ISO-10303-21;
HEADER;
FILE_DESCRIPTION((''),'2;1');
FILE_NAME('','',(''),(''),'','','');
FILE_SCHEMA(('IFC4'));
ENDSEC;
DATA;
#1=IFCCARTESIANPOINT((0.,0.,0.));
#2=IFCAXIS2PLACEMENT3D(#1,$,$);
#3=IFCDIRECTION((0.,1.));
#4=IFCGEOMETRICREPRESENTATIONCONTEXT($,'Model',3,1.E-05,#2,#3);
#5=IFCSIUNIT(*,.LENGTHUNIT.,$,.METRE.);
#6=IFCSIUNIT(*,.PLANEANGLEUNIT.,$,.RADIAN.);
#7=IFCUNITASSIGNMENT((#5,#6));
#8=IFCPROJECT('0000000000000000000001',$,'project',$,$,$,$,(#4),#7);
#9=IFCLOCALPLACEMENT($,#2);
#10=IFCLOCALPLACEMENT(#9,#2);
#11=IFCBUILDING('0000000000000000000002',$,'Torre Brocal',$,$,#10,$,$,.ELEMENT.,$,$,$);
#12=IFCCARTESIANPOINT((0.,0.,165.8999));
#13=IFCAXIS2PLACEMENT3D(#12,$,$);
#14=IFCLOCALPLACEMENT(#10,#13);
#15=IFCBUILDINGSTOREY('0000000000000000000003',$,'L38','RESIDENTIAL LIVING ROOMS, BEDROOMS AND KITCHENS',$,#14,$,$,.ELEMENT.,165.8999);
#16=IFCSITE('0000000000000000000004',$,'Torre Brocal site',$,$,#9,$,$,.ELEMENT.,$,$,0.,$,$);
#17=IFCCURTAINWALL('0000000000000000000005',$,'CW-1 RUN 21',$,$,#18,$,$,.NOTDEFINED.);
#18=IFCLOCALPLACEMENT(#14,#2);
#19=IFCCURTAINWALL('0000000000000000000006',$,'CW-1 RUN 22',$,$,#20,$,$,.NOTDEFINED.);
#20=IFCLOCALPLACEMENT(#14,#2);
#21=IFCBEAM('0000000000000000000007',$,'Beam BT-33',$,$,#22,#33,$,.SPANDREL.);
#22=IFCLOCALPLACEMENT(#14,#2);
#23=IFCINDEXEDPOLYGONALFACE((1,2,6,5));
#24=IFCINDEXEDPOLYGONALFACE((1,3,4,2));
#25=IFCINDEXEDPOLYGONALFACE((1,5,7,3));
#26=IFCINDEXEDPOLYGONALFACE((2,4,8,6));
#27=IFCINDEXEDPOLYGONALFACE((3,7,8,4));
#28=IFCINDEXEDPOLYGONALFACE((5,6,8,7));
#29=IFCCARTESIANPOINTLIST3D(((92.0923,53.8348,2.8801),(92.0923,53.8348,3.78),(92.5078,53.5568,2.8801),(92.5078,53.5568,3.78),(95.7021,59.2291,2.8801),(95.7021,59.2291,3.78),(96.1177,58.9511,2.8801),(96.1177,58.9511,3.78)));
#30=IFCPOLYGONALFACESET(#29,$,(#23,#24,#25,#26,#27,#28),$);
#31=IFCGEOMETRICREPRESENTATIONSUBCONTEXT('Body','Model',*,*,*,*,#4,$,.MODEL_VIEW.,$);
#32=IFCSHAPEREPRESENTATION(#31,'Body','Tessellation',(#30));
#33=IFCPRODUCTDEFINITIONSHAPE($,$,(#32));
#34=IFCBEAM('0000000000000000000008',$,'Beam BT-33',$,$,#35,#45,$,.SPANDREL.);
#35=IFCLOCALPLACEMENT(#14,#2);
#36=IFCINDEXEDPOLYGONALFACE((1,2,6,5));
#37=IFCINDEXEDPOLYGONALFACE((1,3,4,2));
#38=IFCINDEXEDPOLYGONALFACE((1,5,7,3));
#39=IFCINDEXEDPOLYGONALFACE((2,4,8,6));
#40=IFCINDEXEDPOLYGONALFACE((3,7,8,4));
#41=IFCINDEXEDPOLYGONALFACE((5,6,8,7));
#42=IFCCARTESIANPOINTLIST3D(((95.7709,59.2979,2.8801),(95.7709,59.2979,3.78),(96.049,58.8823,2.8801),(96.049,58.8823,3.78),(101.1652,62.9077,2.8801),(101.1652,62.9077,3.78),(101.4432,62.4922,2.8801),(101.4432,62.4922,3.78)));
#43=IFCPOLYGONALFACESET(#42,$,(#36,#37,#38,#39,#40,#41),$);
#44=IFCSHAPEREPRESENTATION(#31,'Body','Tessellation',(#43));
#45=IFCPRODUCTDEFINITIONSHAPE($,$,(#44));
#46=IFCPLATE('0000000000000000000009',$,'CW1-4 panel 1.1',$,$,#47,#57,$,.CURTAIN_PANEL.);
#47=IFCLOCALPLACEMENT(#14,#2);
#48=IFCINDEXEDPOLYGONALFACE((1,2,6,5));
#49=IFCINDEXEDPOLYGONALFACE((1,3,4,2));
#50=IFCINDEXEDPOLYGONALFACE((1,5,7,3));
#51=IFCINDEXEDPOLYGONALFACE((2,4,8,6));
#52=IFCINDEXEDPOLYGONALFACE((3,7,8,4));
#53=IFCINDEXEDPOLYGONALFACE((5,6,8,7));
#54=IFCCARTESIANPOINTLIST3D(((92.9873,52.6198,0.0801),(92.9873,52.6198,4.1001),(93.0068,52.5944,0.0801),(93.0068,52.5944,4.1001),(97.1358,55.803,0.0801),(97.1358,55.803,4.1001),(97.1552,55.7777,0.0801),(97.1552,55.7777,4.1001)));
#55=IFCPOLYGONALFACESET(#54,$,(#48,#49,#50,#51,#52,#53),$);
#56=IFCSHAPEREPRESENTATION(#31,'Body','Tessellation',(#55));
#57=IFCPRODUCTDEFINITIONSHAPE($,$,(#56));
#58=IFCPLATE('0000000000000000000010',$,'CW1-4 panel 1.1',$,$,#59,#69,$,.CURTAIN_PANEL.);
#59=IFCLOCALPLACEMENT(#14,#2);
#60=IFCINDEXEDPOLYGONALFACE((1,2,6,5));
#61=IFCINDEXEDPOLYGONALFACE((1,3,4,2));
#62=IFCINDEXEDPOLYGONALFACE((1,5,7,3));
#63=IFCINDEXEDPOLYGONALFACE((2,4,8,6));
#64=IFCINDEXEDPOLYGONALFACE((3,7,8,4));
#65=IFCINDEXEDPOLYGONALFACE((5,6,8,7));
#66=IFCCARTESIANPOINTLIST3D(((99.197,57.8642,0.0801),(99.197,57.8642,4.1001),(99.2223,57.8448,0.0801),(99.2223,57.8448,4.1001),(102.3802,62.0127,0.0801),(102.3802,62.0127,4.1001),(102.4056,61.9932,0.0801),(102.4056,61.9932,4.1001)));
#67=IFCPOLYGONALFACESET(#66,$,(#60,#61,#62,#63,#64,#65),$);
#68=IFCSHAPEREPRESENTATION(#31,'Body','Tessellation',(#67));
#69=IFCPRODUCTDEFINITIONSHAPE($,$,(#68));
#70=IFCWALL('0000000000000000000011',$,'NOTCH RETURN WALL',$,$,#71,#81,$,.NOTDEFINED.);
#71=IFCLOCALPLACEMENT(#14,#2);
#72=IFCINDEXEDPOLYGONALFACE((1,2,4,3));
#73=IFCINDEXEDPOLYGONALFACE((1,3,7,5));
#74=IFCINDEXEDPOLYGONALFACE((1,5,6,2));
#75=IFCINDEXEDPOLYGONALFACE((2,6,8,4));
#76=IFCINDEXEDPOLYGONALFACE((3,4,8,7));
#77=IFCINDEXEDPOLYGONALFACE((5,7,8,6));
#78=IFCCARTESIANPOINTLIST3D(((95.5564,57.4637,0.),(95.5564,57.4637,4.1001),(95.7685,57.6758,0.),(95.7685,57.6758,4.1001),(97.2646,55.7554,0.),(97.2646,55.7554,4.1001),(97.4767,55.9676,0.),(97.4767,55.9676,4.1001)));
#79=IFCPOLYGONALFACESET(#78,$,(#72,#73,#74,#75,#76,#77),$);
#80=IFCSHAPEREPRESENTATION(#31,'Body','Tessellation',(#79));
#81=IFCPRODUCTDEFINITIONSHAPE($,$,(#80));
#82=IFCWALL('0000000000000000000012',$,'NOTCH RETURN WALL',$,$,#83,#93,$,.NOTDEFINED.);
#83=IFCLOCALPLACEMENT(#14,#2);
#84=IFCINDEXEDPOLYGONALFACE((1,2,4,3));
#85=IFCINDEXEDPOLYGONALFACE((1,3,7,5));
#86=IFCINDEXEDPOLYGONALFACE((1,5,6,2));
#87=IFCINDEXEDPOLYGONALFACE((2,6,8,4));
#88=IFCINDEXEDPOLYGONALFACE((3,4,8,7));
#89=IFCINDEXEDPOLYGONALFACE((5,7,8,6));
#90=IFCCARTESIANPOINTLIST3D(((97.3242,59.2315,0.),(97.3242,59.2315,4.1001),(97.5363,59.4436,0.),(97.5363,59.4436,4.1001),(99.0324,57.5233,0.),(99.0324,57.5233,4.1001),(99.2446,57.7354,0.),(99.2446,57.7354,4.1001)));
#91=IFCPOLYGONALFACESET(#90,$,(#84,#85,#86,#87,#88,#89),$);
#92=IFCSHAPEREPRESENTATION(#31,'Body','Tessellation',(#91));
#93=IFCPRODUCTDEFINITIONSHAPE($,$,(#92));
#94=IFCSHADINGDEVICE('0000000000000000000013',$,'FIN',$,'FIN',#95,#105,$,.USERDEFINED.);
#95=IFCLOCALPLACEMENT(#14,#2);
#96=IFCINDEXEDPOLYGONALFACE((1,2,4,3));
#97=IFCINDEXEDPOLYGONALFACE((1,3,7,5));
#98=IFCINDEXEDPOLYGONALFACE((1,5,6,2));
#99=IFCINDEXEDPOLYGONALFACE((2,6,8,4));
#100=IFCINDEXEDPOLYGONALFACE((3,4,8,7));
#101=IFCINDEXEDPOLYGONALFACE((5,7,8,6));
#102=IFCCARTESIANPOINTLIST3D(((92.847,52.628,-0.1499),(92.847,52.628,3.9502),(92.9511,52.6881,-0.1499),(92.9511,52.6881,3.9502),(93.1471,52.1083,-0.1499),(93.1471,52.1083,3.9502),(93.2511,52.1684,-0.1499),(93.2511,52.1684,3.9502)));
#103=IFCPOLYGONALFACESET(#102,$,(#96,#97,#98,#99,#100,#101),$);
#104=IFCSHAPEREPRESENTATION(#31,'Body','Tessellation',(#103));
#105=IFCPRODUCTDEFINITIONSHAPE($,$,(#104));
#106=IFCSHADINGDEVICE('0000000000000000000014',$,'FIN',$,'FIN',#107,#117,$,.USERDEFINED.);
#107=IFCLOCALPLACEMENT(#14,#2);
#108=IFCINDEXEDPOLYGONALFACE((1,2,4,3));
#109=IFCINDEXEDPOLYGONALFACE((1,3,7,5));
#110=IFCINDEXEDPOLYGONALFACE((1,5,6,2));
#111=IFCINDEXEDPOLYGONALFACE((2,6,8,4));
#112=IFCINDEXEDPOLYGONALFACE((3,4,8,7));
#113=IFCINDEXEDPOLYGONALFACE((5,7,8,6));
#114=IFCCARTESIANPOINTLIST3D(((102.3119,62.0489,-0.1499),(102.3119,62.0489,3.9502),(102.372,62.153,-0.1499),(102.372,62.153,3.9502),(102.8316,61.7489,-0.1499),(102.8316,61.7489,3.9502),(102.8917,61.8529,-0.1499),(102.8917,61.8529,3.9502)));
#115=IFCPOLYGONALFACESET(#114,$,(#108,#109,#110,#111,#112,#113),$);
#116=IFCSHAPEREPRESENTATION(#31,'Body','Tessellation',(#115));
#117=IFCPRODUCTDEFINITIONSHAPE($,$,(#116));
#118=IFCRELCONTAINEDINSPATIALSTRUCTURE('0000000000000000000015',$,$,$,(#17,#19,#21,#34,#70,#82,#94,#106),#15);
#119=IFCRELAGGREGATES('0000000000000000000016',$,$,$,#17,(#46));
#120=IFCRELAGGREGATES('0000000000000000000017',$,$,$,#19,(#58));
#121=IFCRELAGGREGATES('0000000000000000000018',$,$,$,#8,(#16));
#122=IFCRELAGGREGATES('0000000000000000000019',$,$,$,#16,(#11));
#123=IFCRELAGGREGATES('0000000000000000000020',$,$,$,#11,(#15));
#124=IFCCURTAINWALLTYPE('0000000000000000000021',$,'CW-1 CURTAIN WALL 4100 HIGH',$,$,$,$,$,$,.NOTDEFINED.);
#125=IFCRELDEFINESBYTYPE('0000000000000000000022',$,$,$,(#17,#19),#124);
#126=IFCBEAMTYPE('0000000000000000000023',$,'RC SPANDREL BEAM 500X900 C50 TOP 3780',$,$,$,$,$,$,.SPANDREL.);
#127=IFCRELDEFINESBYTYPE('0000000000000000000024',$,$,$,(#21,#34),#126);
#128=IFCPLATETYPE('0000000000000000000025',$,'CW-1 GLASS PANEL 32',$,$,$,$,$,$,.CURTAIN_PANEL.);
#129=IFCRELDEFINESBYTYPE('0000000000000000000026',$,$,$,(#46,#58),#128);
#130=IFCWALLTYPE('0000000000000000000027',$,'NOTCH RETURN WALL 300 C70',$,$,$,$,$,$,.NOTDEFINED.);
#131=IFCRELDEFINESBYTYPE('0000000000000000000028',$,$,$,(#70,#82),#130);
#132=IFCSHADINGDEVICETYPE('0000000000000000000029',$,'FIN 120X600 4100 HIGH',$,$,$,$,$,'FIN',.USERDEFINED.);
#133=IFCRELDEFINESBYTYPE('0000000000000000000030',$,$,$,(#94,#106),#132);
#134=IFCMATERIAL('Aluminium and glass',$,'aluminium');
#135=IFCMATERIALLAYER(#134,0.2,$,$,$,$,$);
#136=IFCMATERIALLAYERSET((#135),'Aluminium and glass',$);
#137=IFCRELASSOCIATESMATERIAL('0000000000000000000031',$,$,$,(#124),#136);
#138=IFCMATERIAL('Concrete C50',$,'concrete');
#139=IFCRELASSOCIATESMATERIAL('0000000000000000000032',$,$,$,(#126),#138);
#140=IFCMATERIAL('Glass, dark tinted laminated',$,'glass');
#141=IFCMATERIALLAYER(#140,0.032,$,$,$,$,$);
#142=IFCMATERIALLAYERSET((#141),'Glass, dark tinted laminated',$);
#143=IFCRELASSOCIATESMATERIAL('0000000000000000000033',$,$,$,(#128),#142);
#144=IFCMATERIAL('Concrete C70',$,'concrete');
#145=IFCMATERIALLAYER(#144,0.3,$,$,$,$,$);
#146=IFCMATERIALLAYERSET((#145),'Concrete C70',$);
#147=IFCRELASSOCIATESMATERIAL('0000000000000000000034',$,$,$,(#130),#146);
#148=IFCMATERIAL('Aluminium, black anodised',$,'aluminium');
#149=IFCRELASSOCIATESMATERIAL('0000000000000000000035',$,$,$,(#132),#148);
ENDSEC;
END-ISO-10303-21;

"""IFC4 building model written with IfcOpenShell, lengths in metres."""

from ifc_helpers import new_model, si_unit, direction, frame, frame_2d, origin, origin_2d, place, context, subcontext, project, spatial, rectangle, extrude, material, layer, layer_set, material_profile, profile_set, type_object, element, aggregate, save


model = new_model("IFC4")

# Units and contexts
model_context = context("Model", 3, precision=1e-05, world=origin(), true_north=direction((0.0, 1.0)))
body_context = subcontext(model_context, "Body", "Model", "MODEL_VIEW")
ifc_project = project(units=[si_unit("LENGTHUNIT", "METRE"), si_unit("PLANEANGLEUNIT", "RADIAN")], contexts=[model_context])

# Site, building, storey
site_placement = place(None, origin())
site = spatial("IfcSite", under=ifc_project, at=site_placement, Name="Torre Brocal site", CompositionType="ELEMENT", RefElevation=0.0)
building_placement = place(site_placement, origin())
building = spatial("IfcBuilding", under=site, at=building_placement, Name="Torre Brocal", CompositionType="ELEMENT")
storey_placement = place(building_placement, frame((0.0, 0.0, 165.8999)))
storey = spatial("IfcBuildingStorey", under=building, at=storey_placement, Name="L38", Description="RESIDENTIAL LIVING ROOMS, BEDROOMS AND KITCHENS", CompositionType="ELEMENT", Elevation=165.8999)

# Shared definitions
ifc_material_1 = material(Name="Aluminium and glass", Category="aluminium")
ifc_layer_1 = layer(ifc_material_1, 0.2)
ifc_layer_set_1 = layer_set([ifc_layer_1], Name="Aluminium and glass")
curtain_wall_type = type_object("IfcCurtainWallType", Name="CW-1 CURTAIN WALL 4100 HIGH", PredefinedType="NOTDEFINED", material=ifc_layer_set_1)

# Curtain walls
curtain_wall_1_placement = place(storey_placement, origin())
curtain_wall_1 = element("IfcCurtainWall", 1, at=curtain_wall_1_placement, inside=storey, type_object=curtain_wall_type, Name="CW-1 RUN 21", PredefinedType="NOTDEFINED")
curtain_wall_2_placement = place(storey_placement, origin())
curtain_wall_2 = element("IfcCurtainWall", 2, at=curtain_wall_2_placement, inside=storey, type_object=curtain_wall_type, Name="CW-1 RUN 22", PredefinedType="NOTDEFINED")

# Beams
ifc_material_2 = material(Name="Concrete C50", Category="concrete")
ifc_material_profile_1 = material_profile(ifc_material_2, rectangle(XDim=0.5, YDim=0.8999, at=origin_2d()), Name="RC 500X900")
ifc_profile_set_1 = profile_set([ifc_material_profile_1], Name="Concrete C50")
beam_type_1 = type_object("IfcBeamType", Name="RC SPANDREL BEAM 500X900 C50 TOP 3780", PredefinedType="SPANDREL", material=ifc_profile_set_1)
for number, where, z_axis, x_axis, name in (
    (3, (92.3, 53.6958, 3.3301), (0.556158, 0.831077, 0.0), (-0.831077, 0.556158, 0.0), "Beam BT-33"),
    (4, (95.9099, 59.0901, 3.3301), (0.831077, 0.556158, 0.0), (-0.556158, 0.831077, 0.0), "Beam BT-33"),
):
    element("IfcBeam", number, at=place(storey_placement, frame(where, z_axis=z_axis, x_axis=x_axis)), inside=storey, type_object=beam_type_1, Name=name, PredefinedType="SPANDREL", context=body_context, shape_type="SweptSolid", body=[
        extrude(rectangle(XDim=0.5, YDim=0.8999, at=origin_2d()), origin(), (0.0, 0.0, 1.0), 6.4907),
    ])

# Plates
ifc_material_3 = material(Name="Glass, dark tinted laminated", Category="glass")
ifc_layer_2 = layer(ifc_material_3, 0.032)
ifc_layer_set_2 = layer_set([ifc_layer_2], Name="Glass, dark tinted laminated")
plate_type = type_object("IfcPlateType", Name="CW-1 GLASS PANEL 32", PredefinedType="CURTAIN_PANEL", material=ifc_layer_set_2)
plate_1_placement = place(storey_placement, frame((95.0713, 54.1987, 0.0801), z_axis=(0.0, 0.0, 1.0), x_axis=(0.793353, 0.608761, 0.0)))
plate_1 = element("IfcPlate", 5, at=plate_1_placement, type_object=plate_type, Name="CW1-4 panel 1.1", PredefinedType="CURTAIN_PANEL", context=body_context, shape_type="SweptSolid", body=[
    extrude(rectangle(XDim=5.229, YDim=0.032, at=origin_2d()), origin(), (0.0, 0.0, 1.0), 4.02),
])
aggregate(curtain_wall_1, [plate_1])
plate_2_placement = place(storey_placement, frame((100.8013, 59.9287, 0.0801), z_axis=(0.0, 0.0, 1.0), x_axis=(0.608761, 0.793353, 0.0)))
plate_2 = element("IfcPlate", 6, at=plate_2_placement, type_object=plate_type, Name="CW1-4 panel 1.1", PredefinedType="CURTAIN_PANEL", context=body_context, shape_type="SweptSolid", body=[
    extrude(rectangle(XDim=5.229, YDim=0.032, at=origin_2d()), origin(), (0.0, 0.0, 1.0), 4.02),
])
aggregate(curtain_wall_2, [plate_2])

# Walls
ifc_material_4 = material(Name="Concrete C70", Category="concrete")
ifc_layer_3 = layer(ifc_material_4, 0.3)
ifc_layer_set_3 = layer_set([ifc_layer_3], Name="Concrete C70")
wall_type = type_object("IfcWallType", Name="NOTCH RETURN WALL 300 C70", PredefinedType="NOTDEFINED", material=ifc_layer_set_3)
for number, where, z_axis, x_axis, name in (
    (7, (95.6624, 57.5698, 0.0), (0.0, 0.0, 1.0), (0.707107, -0.707107, 0.0), "NOTCH RETURN WALL"),
    (8, (97.4302, 59.3376, 0.0), (0.0, 0.0, 1.0), (0.707107, -0.707107, 0.0), "NOTCH RETURN WALL"),
):
    element("IfcWall", number, at=place(storey_placement, frame(where, z_axis=z_axis, x_axis=x_axis)), inside=storey, type_object=wall_type, Name=name, PredefinedType="NOTDEFINED", context=body_context, shape_type="SweptSolid", body=[
        extrude(rectangle(XDim=2.4158, YDim=0.3, at=frame_2d((1.208, 0.0))), origin(), (0.0, 0.0, 1.0), 4.1001),
    ])

# Shading devices
ifc_material_5 = material(Name="Aluminium, black anodised", Category="aluminium")
ifc_material_profile_2 = material_profile(ifc_material_5, rectangle(XDim=0.1201, YDim=0.6001, at=origin_2d()), Name="FIN 120X600 4100 HIGH")
ifc_profile_set_2 = profile_set([ifc_material_profile_2], Name="Aluminium, black anodised")
shading_device_type = type_object("IfcShadingDeviceType", Name="FIN 120X600 4100 HIGH", ElementType="FIN", PredefinedType="USERDEFINED", material=ifc_profile_set_2)
for number, where, z_axis, x_axis, name in (
    (9, (93.0491, 52.3982, -0.1499), (0.0, 0.0, 1.0), (0.866025, 0.5, 0.0), "FIN"),
    (10, (102.6018, 61.9509, -0.1499), (0.0, 0.0, 1.0), (0.5, 0.866025, 0.0), "FIN"),
):
    element("IfcShadingDevice", number, at=place(storey_placement, frame(where, z_axis=z_axis, x_axis=x_axis)), inside=storey, type_object=shading_device_type, Name=name, ObjectType="FIN", PredefinedType="USERDEFINED", context=body_context, shape_type="SweptSolid", body=[
        extrude(rectangle(XDim=0.1201, YDim=0.6001, at=origin_2d()), origin(), (0.0, 0.0, 1.0), 4.1001),
    ])

save(model, "model.ifc")
